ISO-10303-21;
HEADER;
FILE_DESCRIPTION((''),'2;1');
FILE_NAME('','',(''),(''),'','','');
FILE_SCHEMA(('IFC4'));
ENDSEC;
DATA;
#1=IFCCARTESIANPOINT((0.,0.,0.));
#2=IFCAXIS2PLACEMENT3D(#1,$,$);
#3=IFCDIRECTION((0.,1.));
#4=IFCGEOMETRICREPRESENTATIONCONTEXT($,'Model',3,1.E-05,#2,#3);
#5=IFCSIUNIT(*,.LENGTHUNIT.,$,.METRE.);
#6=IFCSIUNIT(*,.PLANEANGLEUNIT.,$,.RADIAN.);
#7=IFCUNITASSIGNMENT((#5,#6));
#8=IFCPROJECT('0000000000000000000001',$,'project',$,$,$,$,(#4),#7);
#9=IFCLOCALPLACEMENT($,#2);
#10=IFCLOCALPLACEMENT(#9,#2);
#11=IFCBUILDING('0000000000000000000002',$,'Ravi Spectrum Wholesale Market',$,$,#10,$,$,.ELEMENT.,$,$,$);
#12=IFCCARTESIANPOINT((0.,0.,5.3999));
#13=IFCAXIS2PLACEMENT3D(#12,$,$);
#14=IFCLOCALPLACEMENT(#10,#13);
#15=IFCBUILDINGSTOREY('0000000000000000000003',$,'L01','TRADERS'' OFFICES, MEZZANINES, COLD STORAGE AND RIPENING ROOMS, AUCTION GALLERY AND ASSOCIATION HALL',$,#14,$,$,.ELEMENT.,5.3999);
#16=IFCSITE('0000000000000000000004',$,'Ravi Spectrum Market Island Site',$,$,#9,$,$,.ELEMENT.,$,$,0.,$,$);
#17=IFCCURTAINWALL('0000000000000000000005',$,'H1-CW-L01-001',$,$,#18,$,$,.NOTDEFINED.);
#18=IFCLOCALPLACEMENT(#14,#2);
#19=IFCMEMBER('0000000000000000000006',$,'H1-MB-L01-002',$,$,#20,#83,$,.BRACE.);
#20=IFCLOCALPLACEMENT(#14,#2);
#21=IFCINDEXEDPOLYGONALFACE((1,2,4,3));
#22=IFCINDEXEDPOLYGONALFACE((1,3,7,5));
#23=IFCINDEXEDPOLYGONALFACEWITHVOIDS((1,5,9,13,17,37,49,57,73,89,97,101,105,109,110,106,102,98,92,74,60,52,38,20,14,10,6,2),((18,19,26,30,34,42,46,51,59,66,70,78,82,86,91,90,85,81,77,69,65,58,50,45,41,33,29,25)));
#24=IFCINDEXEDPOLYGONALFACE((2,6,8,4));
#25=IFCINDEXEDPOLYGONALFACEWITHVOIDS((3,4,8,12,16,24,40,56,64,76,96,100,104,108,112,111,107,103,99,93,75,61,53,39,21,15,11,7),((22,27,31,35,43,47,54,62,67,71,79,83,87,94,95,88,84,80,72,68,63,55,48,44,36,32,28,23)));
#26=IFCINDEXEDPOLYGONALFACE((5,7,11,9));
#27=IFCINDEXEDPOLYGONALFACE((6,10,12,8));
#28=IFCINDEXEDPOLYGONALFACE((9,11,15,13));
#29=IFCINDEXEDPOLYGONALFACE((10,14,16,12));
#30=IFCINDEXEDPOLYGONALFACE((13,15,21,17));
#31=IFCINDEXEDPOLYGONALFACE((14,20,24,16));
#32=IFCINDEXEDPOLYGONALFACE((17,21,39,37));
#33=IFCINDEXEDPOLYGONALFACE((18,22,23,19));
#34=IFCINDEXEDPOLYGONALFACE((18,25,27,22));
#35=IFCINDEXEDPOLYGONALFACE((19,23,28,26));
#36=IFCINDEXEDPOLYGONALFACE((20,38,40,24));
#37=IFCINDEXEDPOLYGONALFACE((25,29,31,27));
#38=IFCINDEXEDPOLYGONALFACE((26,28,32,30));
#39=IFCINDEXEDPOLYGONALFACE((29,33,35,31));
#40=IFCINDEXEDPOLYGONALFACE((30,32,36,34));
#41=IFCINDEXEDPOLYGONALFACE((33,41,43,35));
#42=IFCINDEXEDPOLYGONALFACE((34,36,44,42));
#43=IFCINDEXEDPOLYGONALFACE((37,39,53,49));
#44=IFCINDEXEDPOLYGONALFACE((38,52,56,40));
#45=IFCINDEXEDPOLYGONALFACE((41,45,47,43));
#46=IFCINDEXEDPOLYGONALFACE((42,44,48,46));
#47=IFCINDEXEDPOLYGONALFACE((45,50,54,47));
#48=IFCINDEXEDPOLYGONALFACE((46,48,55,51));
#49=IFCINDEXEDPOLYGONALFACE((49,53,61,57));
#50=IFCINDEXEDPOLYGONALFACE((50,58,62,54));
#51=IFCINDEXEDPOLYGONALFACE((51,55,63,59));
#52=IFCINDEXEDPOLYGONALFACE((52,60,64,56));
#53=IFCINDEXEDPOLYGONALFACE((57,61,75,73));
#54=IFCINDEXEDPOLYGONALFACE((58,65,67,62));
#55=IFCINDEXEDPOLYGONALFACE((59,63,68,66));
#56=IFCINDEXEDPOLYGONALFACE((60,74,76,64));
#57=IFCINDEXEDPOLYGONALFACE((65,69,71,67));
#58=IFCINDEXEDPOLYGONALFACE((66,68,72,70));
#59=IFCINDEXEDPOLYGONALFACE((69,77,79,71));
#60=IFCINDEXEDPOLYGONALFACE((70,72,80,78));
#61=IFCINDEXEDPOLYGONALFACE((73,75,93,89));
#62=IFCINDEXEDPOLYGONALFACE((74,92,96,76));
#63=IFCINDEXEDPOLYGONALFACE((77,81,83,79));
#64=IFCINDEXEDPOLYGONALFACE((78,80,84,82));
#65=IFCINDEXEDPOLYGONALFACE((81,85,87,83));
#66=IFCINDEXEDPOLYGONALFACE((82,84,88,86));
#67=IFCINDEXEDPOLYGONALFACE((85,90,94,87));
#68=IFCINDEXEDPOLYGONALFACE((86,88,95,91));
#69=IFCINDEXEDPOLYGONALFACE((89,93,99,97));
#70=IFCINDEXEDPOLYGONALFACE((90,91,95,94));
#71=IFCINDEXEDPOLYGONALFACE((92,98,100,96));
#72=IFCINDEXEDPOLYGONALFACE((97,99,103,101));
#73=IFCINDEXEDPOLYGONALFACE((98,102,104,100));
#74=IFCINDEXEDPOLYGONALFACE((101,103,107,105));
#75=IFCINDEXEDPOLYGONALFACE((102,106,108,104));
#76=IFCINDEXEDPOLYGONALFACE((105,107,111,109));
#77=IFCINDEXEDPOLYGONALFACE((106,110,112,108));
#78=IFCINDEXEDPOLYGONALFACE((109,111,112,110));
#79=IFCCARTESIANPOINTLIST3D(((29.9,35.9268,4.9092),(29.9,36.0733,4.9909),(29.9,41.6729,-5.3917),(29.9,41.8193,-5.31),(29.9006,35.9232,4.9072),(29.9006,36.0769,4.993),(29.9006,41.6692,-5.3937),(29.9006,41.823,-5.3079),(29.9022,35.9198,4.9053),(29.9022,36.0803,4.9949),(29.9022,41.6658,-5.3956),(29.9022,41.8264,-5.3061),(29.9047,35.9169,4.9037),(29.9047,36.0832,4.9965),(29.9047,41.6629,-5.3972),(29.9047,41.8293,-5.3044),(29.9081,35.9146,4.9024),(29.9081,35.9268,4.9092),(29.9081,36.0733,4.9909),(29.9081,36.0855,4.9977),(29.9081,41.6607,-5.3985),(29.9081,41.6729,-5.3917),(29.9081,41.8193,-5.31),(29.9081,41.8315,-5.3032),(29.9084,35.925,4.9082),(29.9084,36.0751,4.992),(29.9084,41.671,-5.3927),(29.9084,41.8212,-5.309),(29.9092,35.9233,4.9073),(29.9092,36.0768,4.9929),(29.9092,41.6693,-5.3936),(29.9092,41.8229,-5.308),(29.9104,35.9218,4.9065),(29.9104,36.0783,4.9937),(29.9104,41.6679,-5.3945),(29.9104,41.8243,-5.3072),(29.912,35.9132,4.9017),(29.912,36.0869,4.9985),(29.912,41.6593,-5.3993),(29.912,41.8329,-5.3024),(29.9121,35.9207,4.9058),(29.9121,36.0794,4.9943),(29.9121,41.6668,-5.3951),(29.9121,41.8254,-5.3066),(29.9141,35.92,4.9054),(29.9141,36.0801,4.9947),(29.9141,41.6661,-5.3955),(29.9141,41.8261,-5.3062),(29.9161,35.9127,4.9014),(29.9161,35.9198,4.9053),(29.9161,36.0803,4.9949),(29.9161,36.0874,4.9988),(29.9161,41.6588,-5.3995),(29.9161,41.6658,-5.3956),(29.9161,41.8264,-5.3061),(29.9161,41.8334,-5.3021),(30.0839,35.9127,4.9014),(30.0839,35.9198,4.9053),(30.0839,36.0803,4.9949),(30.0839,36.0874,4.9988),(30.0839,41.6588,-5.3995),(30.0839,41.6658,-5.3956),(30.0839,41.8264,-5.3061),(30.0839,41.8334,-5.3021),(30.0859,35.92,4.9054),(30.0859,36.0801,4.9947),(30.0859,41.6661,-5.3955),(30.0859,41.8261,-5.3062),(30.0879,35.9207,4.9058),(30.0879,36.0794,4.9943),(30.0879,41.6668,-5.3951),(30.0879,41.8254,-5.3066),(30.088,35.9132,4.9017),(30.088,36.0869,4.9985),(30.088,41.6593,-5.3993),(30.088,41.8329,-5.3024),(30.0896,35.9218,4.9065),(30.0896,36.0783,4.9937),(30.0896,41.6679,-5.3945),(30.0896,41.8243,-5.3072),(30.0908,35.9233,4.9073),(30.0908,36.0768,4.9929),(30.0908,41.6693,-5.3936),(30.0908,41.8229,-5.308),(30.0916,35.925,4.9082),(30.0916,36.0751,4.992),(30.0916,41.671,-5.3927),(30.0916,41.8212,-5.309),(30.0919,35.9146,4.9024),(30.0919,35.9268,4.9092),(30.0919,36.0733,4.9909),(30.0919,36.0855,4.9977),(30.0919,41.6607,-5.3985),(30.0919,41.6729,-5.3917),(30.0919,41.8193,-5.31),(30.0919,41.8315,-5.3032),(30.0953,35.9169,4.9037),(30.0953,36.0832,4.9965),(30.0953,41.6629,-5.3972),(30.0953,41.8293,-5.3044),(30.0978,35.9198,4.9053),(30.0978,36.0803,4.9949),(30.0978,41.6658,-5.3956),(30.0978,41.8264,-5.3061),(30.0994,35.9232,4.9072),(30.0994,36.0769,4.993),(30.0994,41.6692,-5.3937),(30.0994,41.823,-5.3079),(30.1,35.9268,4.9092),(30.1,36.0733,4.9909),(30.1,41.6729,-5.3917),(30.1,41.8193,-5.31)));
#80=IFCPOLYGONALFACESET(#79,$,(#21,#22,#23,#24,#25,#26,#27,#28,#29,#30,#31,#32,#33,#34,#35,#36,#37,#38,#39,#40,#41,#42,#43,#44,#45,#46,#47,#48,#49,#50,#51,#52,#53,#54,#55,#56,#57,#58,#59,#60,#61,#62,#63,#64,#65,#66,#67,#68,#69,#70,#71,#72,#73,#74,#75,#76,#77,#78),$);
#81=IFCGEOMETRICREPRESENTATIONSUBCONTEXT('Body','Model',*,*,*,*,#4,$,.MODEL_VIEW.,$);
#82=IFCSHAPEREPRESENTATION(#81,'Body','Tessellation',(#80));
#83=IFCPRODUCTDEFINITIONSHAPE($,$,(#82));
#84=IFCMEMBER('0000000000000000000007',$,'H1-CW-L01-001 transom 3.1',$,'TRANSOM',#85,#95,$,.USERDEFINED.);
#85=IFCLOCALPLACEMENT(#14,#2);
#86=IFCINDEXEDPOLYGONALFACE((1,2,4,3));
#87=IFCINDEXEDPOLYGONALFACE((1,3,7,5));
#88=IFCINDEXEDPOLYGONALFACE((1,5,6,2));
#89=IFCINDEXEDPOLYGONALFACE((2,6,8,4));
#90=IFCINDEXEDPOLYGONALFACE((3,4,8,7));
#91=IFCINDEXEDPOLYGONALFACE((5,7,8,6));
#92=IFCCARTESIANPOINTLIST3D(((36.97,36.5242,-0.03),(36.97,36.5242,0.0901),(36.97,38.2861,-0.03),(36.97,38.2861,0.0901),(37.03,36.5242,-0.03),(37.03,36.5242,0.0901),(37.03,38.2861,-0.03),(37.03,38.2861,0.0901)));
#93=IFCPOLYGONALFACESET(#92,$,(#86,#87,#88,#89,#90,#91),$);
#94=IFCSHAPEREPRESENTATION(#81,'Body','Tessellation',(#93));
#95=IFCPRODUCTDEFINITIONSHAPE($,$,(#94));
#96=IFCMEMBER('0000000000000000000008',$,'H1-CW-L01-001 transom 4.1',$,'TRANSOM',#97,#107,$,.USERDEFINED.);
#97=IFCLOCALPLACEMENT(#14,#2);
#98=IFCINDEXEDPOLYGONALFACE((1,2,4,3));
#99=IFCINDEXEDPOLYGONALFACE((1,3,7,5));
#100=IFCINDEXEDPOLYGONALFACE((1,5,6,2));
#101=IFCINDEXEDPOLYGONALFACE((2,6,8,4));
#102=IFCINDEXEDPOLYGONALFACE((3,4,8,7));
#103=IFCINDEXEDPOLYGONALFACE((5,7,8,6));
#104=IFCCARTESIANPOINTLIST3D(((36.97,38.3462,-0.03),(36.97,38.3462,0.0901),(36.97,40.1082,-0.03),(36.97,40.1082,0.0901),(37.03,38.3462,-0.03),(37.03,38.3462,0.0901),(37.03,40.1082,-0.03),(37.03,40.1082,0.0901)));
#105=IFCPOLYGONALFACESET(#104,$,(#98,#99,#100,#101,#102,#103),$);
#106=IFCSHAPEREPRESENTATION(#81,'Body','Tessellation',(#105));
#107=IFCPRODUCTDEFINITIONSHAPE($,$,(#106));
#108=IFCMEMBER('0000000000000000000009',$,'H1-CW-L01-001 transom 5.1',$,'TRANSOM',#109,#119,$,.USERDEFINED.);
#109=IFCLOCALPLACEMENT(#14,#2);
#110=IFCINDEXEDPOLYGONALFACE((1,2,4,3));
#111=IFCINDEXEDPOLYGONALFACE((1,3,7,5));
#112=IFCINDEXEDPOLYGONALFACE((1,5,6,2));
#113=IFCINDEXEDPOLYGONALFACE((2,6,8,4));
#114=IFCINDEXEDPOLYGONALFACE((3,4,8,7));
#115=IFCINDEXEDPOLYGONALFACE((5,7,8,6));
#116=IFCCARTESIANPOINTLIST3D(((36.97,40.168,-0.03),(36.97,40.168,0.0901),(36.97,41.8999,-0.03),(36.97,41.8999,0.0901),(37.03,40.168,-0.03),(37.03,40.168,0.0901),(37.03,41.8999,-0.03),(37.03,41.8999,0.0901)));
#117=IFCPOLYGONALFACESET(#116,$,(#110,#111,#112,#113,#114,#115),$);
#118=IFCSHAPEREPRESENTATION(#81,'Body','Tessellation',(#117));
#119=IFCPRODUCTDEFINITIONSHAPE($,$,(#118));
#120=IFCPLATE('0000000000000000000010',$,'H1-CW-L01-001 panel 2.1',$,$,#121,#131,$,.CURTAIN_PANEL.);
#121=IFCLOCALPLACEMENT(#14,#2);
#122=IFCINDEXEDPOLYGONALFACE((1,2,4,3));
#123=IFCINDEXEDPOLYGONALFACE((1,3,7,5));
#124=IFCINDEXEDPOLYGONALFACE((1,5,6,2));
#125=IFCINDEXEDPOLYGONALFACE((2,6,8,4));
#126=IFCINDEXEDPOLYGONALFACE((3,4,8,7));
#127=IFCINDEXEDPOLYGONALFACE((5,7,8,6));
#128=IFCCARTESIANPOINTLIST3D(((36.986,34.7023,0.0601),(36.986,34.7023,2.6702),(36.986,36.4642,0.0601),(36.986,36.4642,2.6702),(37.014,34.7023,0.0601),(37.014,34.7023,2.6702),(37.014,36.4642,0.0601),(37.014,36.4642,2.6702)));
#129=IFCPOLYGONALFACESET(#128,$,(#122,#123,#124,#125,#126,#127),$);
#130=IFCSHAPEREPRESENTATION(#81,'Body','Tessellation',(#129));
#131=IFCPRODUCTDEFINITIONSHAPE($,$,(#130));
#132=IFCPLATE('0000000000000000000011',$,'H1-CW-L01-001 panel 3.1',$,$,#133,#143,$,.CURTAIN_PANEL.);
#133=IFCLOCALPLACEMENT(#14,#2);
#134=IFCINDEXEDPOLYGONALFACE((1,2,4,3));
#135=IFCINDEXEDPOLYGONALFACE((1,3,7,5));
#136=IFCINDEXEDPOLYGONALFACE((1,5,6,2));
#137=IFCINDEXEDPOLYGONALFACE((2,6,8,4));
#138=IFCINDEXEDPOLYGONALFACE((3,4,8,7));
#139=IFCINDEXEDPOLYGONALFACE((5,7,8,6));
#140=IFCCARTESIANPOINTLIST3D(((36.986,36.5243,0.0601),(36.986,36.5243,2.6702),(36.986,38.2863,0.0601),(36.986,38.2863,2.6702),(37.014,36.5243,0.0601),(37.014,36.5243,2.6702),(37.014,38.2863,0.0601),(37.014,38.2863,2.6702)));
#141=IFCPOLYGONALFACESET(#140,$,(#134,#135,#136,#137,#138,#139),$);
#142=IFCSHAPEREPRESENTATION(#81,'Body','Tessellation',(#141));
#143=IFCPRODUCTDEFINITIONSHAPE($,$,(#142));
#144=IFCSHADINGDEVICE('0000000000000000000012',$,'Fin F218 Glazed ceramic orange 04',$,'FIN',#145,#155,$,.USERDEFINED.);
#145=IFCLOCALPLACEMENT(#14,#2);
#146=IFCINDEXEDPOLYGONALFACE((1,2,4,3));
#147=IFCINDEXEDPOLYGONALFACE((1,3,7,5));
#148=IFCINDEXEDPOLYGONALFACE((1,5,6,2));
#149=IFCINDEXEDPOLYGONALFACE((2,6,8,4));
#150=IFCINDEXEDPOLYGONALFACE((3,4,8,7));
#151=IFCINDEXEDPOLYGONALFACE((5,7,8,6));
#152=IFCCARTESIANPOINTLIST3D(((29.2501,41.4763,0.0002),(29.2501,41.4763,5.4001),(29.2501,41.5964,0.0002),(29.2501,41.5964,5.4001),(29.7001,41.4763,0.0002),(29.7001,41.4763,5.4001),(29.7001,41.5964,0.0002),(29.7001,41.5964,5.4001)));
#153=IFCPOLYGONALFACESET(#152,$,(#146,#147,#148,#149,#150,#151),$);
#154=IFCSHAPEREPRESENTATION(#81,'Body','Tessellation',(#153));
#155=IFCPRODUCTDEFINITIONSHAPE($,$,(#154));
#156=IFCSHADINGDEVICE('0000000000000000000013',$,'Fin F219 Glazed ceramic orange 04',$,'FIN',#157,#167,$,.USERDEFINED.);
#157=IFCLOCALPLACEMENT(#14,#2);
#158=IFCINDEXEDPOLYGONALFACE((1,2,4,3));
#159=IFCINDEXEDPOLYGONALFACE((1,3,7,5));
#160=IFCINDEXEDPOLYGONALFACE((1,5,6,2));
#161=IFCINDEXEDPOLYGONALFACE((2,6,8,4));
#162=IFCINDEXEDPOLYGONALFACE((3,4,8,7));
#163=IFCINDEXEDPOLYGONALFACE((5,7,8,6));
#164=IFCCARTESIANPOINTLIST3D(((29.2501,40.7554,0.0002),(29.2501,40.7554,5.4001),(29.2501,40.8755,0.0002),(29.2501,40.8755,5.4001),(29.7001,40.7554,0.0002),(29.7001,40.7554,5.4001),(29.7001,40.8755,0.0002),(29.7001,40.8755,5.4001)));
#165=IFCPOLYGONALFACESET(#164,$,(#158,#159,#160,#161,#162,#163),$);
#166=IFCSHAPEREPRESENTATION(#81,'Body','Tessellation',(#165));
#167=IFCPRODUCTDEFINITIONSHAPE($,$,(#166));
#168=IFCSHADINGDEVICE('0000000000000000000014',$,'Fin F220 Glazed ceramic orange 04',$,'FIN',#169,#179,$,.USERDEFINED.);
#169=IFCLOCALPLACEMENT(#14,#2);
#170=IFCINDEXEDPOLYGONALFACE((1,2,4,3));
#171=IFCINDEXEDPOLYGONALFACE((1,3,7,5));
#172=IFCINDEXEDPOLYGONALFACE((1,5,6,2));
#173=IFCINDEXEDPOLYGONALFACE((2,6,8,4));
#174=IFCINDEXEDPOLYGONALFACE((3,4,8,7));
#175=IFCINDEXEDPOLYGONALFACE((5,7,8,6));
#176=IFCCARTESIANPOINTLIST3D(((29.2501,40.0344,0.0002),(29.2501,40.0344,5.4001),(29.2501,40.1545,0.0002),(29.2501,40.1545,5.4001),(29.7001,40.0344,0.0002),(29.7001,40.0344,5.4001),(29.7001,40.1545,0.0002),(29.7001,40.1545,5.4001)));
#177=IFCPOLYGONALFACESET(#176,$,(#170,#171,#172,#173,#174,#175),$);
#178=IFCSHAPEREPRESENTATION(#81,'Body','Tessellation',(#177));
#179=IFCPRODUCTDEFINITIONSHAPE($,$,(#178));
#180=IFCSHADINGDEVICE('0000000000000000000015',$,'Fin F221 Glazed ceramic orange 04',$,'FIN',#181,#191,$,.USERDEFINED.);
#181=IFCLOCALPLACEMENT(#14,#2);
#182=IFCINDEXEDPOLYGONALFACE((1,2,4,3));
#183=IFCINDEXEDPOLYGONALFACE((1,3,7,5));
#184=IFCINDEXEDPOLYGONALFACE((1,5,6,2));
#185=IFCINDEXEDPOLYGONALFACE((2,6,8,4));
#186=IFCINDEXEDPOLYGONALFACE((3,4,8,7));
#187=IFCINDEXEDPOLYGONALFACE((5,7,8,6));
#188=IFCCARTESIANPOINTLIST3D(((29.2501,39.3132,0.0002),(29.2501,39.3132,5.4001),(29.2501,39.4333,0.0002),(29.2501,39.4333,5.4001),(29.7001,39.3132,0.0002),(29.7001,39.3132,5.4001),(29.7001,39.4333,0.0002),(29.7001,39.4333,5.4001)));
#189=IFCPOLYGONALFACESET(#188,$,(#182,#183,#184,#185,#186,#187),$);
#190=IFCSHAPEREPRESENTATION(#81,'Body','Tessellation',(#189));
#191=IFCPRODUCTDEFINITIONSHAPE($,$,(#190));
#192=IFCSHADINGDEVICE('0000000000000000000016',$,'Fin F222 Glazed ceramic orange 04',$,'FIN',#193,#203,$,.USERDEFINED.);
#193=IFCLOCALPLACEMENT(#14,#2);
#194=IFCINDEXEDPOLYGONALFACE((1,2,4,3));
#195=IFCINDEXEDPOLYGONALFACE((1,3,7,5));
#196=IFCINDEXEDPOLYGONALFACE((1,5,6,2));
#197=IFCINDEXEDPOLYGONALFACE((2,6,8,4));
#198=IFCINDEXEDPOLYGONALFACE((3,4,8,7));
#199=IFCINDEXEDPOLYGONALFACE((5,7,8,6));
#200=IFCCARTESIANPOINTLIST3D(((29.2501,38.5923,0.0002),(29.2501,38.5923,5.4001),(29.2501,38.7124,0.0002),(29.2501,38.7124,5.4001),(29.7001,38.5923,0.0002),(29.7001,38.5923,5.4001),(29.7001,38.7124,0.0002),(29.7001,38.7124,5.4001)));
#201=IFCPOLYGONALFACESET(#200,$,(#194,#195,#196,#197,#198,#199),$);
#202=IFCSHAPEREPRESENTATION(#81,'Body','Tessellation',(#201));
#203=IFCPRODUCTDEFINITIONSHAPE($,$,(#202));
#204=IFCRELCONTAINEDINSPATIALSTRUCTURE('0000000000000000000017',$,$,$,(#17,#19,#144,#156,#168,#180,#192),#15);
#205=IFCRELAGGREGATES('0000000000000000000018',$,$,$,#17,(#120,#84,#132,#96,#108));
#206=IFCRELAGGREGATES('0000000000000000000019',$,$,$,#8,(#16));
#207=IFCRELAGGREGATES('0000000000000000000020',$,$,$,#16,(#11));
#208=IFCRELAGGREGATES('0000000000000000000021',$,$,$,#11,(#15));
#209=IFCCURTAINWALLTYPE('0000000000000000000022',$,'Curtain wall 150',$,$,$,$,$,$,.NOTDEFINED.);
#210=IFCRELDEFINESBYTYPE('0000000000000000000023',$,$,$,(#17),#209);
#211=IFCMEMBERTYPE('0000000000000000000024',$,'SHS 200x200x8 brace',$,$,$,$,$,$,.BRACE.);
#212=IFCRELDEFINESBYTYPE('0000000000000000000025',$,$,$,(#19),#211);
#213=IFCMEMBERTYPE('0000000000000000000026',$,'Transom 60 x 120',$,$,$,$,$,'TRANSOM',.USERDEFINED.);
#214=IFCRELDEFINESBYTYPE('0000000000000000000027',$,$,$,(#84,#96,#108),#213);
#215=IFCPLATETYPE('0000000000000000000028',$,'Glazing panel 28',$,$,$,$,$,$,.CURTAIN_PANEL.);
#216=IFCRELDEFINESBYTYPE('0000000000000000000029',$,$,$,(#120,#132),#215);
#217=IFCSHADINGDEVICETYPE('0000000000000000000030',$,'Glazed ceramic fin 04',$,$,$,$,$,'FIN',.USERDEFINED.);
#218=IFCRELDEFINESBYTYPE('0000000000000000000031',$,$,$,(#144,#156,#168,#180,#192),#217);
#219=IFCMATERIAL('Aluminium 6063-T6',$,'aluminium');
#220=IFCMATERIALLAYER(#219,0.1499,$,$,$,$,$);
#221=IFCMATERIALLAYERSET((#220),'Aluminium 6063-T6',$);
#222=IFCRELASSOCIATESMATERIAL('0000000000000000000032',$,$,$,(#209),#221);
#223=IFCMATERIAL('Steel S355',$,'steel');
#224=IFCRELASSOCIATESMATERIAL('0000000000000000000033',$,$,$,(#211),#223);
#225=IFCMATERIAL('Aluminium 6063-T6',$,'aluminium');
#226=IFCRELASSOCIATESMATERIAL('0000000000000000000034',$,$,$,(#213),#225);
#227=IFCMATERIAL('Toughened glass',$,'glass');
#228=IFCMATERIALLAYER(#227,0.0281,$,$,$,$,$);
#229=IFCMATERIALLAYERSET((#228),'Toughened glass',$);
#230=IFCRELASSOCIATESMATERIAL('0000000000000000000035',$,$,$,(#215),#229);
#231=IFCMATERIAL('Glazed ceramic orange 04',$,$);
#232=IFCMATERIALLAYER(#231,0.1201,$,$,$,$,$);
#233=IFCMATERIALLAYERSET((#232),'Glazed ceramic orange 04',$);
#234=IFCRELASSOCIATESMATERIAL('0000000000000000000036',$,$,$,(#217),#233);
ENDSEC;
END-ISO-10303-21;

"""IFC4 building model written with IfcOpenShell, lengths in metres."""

from ifc_helpers import new_model, si_unit, direction, frame, origin, origin_2d, place, context, subcontext, project, spatial, rectangle, hollow_rectangle, extrude, material, layer, layer_set, material_profile, profile_set, type_object, element, aggregate, save


model = new_model("IFC4")

# Units and contexts
model_context = context("Model", 3, precision=1e-05, world=origin(), true_north=direction((0.0, 1.0)))
body_context = subcontext(model_context, "Body", "Model", "MODEL_VIEW")
ifc_project = project(units=[si_unit("LENGTHUNIT", "METRE"), si_unit("PLANEANGLEUNIT", "RADIAN")], contexts=[model_context])

# Site, building, storey
site_placement = place(None, origin())
site = spatial("IfcSite", under=ifc_project, at=site_placement, Name="Ravi Spectrum Market Island Site", CompositionType="ELEMENT", RefElevation=0.0)
building_placement = place(site_placement, origin())
building = spatial("IfcBuilding", under=site, at=building_placement, Name="Ravi Spectrum Wholesale Market", CompositionType="ELEMENT")
storey_placement = place(building_placement, frame((0.0, 0.0, 5.3999)))
storey = spatial("IfcBuildingStorey", under=building, at=storey_placement, Name="L01", Description="TRADERS' OFFICES, MEZZANINES, COLD STORAGE AND RIPENING ROOMS, AUCTION GALLERY AND ASSOCIATION HALL", CompositionType="ELEMENT", Elevation=5.3999)

# Curtain wall
ifc_material_1 = material(Name="Aluminium 6063-T6", Category="aluminium")
ifc_layer_1 = layer(ifc_material_1, 0.1499)
ifc_layer_set_1 = layer_set([ifc_layer_1], Name="Aluminium 6063-T6")
curtain_wall_type = type_object("IfcCurtainWallType", Name="Curtain wall 150", PredefinedType="NOTDEFINED", material=ifc_layer_set_1)
curtain_wall_1_placement = place(storey_placement, origin())
curtain_wall_1 = element("IfcCurtainWall", 1, at=curtain_wall_1_placement, inside=storey, type_object=curtain_wall_type, Name="H1-CW-L01-001", PredefinedType="NOTDEFINED")

# Members
ifc_material_2 = material(Name="Steel S355", Category="steel")
ifc_material_profile_1 = material_profile(ifc_material_2, hollow_rectangle(XDim=0.2, YDim=0.2, WallThickness=0.0081, InnerFilletRadius=0.0081, OuterFilletRadius=0.0161, at=origin_2d()))
ifc_profile_set_1 = profile_set([ifc_material_profile_1], Name="Steel S355")
member_type_1 = type_object("IfcMemberType", Name="SHS 200x200x8 brace", PredefinedType="BRACE", material=ifc_profile_set_1)
member_1_placement = place(storey_placement, frame((30.0, 41.7461, -5.3508), z_axis=(0.0, -0.487152, 0.873317), x_axis=(1.0, 0.0, 0.0)))
element("IfcMember", 2, at=member_1_placement, inside=storey, type_object=member_type_1, Name="H1-MB-L01-002", PredefinedType="BRACE", context=body_context, shape_type="SweptSolid", body=[
    extrude(hollow_rectangle(XDim=0.2, YDim=0.2, WallThickness=0.0081, InnerFilletRadius=0.0081, OuterFilletRadius=0.0161, at=origin_2d()), origin(), (0.0, 0.0, 1.0), 11.7952),
])
ifc_material_3 = material(Name="Aluminium 6063-T6", Category="aluminium")
ifc_material_profile_2 = material_profile(ifc_material_3, rectangle(XDim=0.0601, YDim=0.1201, at=origin_2d()))
ifc_profile_set_2 = profile_set([ifc_material_profile_2], Name="Aluminium 6063-T6")
member_type_2 = type_object("IfcMemberType", Name="Transom 60 x 120", ElementType="TRANSOM", PredefinedType="USERDEFINED", material=ifc_profile_set_2)
member_2_placement = place(storey_placement, frame((37.0, 36.5242, 0.03), z_axis=(0.0, 1.0, 0.0), x_axis=(-1.0, 0.0, 0.0)))
member_2 = element("IfcMember", 3, at=member_2_placement, type_object=member_type_2, Name="H1-CW-L01-001 transom 3.1", ObjectType="TRANSOM", PredefinedType="USERDEFINED", context=body_context, shape_type="SweptSolid", body=[
    extrude(rectangle(XDim=0.0601, YDim=0.1201, at=origin_2d()), origin(), (0.0, 0.0, 1.0), 1.762),
])
member_3_placement = place(storey_placement, frame((37.0, 38.3462, 0.03), z_axis=(0.0, 1.0, 0.0), x_axis=(-1.0, 0.0, 0.0)))
member_3 = element("IfcMember", 4, at=member_3_placement, type_object=member_type_2, Name="H1-CW-L01-001 transom 4.1", ObjectType="TRANSOM", PredefinedType="USERDEFINED", context=body_context, shape_type="SweptSolid", body=[
    extrude(rectangle(XDim=0.0601, YDim=0.1201, at=origin_2d()), origin(), (0.0, 0.0, 1.0), 1.762),
])
member_4_placement = place(storey_placement, frame((37.0, 40.168, 0.03), z_axis=(0.0, 1.0, 0.0), x_axis=(-1.0, 0.0, 0.0)))
member_4 = element("IfcMember", 5, at=member_4_placement, type_object=member_type_2, Name="H1-CW-L01-001 transom 5.1", ObjectType="TRANSOM", PredefinedType="USERDEFINED", context=body_context, shape_type="SweptSolid", body=[
    extrude(rectangle(XDim=0.0601, YDim=0.1201, at=origin_2d()), origin(), (0.0, 0.0, 1.0), 1.7319),
])

# Plates
ifc_material_4 = material(Name="Toughened glass", Category="glass")
ifc_layer_2 = layer(ifc_material_4, 0.0281)
ifc_layer_set_2 = layer_set([ifc_layer_2], Name="Toughened glass")
plate_type = type_object("IfcPlateType", Name="Glazing panel 28", PredefinedType="CURTAIN_PANEL", material=ifc_layer_set_2)
plate_1_placement = place(storey_placement, frame((37.0, 35.5833, 0.0601), z_axis=(0.0, 0.0, 1.0), x_axis=(0.0, 1.0, 0.0)))
plate_1 = element("IfcPlate", 6, at=plate_1_placement, type_object=plate_type, Name="H1-CW-L01-001 panel 2.1", PredefinedType="CURTAIN_PANEL", context=body_context, shape_type="SweptSolid", body=[
    extrude(rectangle(XDim=1.762, YDim=0.0281, at=origin_2d()), origin(), (0.0, 0.0, 1.0), 2.6101),
])
plate_2_placement = place(storey_placement, frame((37.0, 37.4053, 0.0601), z_axis=(0.0, 0.0, 1.0), x_axis=(0.0, 1.0, 0.0)))
plate_2 = element("IfcPlate", 7, at=plate_2_placement, type_object=plate_type, Name="H1-CW-L01-001 panel 3.1", PredefinedType="CURTAIN_PANEL", context=body_context, shape_type="SweptSolid", body=[
    extrude(rectangle(XDim=1.762, YDim=0.0281, at=origin_2d()), origin(), (0.0, 0.0, 1.0), 2.6101),
])
aggregate(curtain_wall_1, [plate_1, member_2, plate_2, member_3, member_4])

# Shading devices
ifc_material_5 = material(Name="Glazed ceramic orange 04")
ifc_layer_3 = layer(ifc_material_5, 0.1201)
ifc_layer_set_3 = layer_set([ifc_layer_3], Name="Glazed ceramic orange 04")
shading_device_type = type_object("IfcShadingDeviceType", Name="Glazed ceramic fin 04", ElementType="FIN", PredefinedType="USERDEFINED", material=ifc_layer_set_3)
for number, where, z_axis, x_axis, name in (
    (8, (29.4751, 41.5364, 0.0002), (0.0, 0.0, 1.0), (0.0, -1.0, 0.0), "Fin F218 Glazed ceramic orange 04"),
    (9, (29.4751, 40.8154, 0.0002), (0.0, 0.0, 1.0), (0.0, -1.0, 0.0), "Fin F219 Glazed ceramic orange 04"),
    (10, (29.4751, 40.0945, 0.0002), (0.0, 0.0, 1.0), (0.0, -1.0, 0.0), "Fin F220 Glazed ceramic orange 04"),
    (11, (29.4751, 39.3733, 0.0002), (0.0, 0.0, 1.0), (0.0, -1.0, 0.0), "Fin F221 Glazed ceramic orange 04"),
    (12, (29.4751, 38.6523, 0.0002), (0.0, 0.0, 1.0), (0.0, -1.0, 0.0), "Fin F222 Glazed ceramic orange 04"),
):
    element("IfcShadingDevice", number, at=place(storey_placement, frame(where, z_axis=z_axis, x_axis=x_axis)), inside=storey, type_object=shading_device_type, Name=name, ObjectType="FIN", PredefinedType="USERDEFINED", context=body_context, shape_type="SweptSolid", body=[
        extrude(rectangle(XDim=0.1201, YDim=0.45, at=origin_2d()), origin(), (0.0, 0.0, 1.0), 5.3999),
    ])

save(model, "model.ifc")
